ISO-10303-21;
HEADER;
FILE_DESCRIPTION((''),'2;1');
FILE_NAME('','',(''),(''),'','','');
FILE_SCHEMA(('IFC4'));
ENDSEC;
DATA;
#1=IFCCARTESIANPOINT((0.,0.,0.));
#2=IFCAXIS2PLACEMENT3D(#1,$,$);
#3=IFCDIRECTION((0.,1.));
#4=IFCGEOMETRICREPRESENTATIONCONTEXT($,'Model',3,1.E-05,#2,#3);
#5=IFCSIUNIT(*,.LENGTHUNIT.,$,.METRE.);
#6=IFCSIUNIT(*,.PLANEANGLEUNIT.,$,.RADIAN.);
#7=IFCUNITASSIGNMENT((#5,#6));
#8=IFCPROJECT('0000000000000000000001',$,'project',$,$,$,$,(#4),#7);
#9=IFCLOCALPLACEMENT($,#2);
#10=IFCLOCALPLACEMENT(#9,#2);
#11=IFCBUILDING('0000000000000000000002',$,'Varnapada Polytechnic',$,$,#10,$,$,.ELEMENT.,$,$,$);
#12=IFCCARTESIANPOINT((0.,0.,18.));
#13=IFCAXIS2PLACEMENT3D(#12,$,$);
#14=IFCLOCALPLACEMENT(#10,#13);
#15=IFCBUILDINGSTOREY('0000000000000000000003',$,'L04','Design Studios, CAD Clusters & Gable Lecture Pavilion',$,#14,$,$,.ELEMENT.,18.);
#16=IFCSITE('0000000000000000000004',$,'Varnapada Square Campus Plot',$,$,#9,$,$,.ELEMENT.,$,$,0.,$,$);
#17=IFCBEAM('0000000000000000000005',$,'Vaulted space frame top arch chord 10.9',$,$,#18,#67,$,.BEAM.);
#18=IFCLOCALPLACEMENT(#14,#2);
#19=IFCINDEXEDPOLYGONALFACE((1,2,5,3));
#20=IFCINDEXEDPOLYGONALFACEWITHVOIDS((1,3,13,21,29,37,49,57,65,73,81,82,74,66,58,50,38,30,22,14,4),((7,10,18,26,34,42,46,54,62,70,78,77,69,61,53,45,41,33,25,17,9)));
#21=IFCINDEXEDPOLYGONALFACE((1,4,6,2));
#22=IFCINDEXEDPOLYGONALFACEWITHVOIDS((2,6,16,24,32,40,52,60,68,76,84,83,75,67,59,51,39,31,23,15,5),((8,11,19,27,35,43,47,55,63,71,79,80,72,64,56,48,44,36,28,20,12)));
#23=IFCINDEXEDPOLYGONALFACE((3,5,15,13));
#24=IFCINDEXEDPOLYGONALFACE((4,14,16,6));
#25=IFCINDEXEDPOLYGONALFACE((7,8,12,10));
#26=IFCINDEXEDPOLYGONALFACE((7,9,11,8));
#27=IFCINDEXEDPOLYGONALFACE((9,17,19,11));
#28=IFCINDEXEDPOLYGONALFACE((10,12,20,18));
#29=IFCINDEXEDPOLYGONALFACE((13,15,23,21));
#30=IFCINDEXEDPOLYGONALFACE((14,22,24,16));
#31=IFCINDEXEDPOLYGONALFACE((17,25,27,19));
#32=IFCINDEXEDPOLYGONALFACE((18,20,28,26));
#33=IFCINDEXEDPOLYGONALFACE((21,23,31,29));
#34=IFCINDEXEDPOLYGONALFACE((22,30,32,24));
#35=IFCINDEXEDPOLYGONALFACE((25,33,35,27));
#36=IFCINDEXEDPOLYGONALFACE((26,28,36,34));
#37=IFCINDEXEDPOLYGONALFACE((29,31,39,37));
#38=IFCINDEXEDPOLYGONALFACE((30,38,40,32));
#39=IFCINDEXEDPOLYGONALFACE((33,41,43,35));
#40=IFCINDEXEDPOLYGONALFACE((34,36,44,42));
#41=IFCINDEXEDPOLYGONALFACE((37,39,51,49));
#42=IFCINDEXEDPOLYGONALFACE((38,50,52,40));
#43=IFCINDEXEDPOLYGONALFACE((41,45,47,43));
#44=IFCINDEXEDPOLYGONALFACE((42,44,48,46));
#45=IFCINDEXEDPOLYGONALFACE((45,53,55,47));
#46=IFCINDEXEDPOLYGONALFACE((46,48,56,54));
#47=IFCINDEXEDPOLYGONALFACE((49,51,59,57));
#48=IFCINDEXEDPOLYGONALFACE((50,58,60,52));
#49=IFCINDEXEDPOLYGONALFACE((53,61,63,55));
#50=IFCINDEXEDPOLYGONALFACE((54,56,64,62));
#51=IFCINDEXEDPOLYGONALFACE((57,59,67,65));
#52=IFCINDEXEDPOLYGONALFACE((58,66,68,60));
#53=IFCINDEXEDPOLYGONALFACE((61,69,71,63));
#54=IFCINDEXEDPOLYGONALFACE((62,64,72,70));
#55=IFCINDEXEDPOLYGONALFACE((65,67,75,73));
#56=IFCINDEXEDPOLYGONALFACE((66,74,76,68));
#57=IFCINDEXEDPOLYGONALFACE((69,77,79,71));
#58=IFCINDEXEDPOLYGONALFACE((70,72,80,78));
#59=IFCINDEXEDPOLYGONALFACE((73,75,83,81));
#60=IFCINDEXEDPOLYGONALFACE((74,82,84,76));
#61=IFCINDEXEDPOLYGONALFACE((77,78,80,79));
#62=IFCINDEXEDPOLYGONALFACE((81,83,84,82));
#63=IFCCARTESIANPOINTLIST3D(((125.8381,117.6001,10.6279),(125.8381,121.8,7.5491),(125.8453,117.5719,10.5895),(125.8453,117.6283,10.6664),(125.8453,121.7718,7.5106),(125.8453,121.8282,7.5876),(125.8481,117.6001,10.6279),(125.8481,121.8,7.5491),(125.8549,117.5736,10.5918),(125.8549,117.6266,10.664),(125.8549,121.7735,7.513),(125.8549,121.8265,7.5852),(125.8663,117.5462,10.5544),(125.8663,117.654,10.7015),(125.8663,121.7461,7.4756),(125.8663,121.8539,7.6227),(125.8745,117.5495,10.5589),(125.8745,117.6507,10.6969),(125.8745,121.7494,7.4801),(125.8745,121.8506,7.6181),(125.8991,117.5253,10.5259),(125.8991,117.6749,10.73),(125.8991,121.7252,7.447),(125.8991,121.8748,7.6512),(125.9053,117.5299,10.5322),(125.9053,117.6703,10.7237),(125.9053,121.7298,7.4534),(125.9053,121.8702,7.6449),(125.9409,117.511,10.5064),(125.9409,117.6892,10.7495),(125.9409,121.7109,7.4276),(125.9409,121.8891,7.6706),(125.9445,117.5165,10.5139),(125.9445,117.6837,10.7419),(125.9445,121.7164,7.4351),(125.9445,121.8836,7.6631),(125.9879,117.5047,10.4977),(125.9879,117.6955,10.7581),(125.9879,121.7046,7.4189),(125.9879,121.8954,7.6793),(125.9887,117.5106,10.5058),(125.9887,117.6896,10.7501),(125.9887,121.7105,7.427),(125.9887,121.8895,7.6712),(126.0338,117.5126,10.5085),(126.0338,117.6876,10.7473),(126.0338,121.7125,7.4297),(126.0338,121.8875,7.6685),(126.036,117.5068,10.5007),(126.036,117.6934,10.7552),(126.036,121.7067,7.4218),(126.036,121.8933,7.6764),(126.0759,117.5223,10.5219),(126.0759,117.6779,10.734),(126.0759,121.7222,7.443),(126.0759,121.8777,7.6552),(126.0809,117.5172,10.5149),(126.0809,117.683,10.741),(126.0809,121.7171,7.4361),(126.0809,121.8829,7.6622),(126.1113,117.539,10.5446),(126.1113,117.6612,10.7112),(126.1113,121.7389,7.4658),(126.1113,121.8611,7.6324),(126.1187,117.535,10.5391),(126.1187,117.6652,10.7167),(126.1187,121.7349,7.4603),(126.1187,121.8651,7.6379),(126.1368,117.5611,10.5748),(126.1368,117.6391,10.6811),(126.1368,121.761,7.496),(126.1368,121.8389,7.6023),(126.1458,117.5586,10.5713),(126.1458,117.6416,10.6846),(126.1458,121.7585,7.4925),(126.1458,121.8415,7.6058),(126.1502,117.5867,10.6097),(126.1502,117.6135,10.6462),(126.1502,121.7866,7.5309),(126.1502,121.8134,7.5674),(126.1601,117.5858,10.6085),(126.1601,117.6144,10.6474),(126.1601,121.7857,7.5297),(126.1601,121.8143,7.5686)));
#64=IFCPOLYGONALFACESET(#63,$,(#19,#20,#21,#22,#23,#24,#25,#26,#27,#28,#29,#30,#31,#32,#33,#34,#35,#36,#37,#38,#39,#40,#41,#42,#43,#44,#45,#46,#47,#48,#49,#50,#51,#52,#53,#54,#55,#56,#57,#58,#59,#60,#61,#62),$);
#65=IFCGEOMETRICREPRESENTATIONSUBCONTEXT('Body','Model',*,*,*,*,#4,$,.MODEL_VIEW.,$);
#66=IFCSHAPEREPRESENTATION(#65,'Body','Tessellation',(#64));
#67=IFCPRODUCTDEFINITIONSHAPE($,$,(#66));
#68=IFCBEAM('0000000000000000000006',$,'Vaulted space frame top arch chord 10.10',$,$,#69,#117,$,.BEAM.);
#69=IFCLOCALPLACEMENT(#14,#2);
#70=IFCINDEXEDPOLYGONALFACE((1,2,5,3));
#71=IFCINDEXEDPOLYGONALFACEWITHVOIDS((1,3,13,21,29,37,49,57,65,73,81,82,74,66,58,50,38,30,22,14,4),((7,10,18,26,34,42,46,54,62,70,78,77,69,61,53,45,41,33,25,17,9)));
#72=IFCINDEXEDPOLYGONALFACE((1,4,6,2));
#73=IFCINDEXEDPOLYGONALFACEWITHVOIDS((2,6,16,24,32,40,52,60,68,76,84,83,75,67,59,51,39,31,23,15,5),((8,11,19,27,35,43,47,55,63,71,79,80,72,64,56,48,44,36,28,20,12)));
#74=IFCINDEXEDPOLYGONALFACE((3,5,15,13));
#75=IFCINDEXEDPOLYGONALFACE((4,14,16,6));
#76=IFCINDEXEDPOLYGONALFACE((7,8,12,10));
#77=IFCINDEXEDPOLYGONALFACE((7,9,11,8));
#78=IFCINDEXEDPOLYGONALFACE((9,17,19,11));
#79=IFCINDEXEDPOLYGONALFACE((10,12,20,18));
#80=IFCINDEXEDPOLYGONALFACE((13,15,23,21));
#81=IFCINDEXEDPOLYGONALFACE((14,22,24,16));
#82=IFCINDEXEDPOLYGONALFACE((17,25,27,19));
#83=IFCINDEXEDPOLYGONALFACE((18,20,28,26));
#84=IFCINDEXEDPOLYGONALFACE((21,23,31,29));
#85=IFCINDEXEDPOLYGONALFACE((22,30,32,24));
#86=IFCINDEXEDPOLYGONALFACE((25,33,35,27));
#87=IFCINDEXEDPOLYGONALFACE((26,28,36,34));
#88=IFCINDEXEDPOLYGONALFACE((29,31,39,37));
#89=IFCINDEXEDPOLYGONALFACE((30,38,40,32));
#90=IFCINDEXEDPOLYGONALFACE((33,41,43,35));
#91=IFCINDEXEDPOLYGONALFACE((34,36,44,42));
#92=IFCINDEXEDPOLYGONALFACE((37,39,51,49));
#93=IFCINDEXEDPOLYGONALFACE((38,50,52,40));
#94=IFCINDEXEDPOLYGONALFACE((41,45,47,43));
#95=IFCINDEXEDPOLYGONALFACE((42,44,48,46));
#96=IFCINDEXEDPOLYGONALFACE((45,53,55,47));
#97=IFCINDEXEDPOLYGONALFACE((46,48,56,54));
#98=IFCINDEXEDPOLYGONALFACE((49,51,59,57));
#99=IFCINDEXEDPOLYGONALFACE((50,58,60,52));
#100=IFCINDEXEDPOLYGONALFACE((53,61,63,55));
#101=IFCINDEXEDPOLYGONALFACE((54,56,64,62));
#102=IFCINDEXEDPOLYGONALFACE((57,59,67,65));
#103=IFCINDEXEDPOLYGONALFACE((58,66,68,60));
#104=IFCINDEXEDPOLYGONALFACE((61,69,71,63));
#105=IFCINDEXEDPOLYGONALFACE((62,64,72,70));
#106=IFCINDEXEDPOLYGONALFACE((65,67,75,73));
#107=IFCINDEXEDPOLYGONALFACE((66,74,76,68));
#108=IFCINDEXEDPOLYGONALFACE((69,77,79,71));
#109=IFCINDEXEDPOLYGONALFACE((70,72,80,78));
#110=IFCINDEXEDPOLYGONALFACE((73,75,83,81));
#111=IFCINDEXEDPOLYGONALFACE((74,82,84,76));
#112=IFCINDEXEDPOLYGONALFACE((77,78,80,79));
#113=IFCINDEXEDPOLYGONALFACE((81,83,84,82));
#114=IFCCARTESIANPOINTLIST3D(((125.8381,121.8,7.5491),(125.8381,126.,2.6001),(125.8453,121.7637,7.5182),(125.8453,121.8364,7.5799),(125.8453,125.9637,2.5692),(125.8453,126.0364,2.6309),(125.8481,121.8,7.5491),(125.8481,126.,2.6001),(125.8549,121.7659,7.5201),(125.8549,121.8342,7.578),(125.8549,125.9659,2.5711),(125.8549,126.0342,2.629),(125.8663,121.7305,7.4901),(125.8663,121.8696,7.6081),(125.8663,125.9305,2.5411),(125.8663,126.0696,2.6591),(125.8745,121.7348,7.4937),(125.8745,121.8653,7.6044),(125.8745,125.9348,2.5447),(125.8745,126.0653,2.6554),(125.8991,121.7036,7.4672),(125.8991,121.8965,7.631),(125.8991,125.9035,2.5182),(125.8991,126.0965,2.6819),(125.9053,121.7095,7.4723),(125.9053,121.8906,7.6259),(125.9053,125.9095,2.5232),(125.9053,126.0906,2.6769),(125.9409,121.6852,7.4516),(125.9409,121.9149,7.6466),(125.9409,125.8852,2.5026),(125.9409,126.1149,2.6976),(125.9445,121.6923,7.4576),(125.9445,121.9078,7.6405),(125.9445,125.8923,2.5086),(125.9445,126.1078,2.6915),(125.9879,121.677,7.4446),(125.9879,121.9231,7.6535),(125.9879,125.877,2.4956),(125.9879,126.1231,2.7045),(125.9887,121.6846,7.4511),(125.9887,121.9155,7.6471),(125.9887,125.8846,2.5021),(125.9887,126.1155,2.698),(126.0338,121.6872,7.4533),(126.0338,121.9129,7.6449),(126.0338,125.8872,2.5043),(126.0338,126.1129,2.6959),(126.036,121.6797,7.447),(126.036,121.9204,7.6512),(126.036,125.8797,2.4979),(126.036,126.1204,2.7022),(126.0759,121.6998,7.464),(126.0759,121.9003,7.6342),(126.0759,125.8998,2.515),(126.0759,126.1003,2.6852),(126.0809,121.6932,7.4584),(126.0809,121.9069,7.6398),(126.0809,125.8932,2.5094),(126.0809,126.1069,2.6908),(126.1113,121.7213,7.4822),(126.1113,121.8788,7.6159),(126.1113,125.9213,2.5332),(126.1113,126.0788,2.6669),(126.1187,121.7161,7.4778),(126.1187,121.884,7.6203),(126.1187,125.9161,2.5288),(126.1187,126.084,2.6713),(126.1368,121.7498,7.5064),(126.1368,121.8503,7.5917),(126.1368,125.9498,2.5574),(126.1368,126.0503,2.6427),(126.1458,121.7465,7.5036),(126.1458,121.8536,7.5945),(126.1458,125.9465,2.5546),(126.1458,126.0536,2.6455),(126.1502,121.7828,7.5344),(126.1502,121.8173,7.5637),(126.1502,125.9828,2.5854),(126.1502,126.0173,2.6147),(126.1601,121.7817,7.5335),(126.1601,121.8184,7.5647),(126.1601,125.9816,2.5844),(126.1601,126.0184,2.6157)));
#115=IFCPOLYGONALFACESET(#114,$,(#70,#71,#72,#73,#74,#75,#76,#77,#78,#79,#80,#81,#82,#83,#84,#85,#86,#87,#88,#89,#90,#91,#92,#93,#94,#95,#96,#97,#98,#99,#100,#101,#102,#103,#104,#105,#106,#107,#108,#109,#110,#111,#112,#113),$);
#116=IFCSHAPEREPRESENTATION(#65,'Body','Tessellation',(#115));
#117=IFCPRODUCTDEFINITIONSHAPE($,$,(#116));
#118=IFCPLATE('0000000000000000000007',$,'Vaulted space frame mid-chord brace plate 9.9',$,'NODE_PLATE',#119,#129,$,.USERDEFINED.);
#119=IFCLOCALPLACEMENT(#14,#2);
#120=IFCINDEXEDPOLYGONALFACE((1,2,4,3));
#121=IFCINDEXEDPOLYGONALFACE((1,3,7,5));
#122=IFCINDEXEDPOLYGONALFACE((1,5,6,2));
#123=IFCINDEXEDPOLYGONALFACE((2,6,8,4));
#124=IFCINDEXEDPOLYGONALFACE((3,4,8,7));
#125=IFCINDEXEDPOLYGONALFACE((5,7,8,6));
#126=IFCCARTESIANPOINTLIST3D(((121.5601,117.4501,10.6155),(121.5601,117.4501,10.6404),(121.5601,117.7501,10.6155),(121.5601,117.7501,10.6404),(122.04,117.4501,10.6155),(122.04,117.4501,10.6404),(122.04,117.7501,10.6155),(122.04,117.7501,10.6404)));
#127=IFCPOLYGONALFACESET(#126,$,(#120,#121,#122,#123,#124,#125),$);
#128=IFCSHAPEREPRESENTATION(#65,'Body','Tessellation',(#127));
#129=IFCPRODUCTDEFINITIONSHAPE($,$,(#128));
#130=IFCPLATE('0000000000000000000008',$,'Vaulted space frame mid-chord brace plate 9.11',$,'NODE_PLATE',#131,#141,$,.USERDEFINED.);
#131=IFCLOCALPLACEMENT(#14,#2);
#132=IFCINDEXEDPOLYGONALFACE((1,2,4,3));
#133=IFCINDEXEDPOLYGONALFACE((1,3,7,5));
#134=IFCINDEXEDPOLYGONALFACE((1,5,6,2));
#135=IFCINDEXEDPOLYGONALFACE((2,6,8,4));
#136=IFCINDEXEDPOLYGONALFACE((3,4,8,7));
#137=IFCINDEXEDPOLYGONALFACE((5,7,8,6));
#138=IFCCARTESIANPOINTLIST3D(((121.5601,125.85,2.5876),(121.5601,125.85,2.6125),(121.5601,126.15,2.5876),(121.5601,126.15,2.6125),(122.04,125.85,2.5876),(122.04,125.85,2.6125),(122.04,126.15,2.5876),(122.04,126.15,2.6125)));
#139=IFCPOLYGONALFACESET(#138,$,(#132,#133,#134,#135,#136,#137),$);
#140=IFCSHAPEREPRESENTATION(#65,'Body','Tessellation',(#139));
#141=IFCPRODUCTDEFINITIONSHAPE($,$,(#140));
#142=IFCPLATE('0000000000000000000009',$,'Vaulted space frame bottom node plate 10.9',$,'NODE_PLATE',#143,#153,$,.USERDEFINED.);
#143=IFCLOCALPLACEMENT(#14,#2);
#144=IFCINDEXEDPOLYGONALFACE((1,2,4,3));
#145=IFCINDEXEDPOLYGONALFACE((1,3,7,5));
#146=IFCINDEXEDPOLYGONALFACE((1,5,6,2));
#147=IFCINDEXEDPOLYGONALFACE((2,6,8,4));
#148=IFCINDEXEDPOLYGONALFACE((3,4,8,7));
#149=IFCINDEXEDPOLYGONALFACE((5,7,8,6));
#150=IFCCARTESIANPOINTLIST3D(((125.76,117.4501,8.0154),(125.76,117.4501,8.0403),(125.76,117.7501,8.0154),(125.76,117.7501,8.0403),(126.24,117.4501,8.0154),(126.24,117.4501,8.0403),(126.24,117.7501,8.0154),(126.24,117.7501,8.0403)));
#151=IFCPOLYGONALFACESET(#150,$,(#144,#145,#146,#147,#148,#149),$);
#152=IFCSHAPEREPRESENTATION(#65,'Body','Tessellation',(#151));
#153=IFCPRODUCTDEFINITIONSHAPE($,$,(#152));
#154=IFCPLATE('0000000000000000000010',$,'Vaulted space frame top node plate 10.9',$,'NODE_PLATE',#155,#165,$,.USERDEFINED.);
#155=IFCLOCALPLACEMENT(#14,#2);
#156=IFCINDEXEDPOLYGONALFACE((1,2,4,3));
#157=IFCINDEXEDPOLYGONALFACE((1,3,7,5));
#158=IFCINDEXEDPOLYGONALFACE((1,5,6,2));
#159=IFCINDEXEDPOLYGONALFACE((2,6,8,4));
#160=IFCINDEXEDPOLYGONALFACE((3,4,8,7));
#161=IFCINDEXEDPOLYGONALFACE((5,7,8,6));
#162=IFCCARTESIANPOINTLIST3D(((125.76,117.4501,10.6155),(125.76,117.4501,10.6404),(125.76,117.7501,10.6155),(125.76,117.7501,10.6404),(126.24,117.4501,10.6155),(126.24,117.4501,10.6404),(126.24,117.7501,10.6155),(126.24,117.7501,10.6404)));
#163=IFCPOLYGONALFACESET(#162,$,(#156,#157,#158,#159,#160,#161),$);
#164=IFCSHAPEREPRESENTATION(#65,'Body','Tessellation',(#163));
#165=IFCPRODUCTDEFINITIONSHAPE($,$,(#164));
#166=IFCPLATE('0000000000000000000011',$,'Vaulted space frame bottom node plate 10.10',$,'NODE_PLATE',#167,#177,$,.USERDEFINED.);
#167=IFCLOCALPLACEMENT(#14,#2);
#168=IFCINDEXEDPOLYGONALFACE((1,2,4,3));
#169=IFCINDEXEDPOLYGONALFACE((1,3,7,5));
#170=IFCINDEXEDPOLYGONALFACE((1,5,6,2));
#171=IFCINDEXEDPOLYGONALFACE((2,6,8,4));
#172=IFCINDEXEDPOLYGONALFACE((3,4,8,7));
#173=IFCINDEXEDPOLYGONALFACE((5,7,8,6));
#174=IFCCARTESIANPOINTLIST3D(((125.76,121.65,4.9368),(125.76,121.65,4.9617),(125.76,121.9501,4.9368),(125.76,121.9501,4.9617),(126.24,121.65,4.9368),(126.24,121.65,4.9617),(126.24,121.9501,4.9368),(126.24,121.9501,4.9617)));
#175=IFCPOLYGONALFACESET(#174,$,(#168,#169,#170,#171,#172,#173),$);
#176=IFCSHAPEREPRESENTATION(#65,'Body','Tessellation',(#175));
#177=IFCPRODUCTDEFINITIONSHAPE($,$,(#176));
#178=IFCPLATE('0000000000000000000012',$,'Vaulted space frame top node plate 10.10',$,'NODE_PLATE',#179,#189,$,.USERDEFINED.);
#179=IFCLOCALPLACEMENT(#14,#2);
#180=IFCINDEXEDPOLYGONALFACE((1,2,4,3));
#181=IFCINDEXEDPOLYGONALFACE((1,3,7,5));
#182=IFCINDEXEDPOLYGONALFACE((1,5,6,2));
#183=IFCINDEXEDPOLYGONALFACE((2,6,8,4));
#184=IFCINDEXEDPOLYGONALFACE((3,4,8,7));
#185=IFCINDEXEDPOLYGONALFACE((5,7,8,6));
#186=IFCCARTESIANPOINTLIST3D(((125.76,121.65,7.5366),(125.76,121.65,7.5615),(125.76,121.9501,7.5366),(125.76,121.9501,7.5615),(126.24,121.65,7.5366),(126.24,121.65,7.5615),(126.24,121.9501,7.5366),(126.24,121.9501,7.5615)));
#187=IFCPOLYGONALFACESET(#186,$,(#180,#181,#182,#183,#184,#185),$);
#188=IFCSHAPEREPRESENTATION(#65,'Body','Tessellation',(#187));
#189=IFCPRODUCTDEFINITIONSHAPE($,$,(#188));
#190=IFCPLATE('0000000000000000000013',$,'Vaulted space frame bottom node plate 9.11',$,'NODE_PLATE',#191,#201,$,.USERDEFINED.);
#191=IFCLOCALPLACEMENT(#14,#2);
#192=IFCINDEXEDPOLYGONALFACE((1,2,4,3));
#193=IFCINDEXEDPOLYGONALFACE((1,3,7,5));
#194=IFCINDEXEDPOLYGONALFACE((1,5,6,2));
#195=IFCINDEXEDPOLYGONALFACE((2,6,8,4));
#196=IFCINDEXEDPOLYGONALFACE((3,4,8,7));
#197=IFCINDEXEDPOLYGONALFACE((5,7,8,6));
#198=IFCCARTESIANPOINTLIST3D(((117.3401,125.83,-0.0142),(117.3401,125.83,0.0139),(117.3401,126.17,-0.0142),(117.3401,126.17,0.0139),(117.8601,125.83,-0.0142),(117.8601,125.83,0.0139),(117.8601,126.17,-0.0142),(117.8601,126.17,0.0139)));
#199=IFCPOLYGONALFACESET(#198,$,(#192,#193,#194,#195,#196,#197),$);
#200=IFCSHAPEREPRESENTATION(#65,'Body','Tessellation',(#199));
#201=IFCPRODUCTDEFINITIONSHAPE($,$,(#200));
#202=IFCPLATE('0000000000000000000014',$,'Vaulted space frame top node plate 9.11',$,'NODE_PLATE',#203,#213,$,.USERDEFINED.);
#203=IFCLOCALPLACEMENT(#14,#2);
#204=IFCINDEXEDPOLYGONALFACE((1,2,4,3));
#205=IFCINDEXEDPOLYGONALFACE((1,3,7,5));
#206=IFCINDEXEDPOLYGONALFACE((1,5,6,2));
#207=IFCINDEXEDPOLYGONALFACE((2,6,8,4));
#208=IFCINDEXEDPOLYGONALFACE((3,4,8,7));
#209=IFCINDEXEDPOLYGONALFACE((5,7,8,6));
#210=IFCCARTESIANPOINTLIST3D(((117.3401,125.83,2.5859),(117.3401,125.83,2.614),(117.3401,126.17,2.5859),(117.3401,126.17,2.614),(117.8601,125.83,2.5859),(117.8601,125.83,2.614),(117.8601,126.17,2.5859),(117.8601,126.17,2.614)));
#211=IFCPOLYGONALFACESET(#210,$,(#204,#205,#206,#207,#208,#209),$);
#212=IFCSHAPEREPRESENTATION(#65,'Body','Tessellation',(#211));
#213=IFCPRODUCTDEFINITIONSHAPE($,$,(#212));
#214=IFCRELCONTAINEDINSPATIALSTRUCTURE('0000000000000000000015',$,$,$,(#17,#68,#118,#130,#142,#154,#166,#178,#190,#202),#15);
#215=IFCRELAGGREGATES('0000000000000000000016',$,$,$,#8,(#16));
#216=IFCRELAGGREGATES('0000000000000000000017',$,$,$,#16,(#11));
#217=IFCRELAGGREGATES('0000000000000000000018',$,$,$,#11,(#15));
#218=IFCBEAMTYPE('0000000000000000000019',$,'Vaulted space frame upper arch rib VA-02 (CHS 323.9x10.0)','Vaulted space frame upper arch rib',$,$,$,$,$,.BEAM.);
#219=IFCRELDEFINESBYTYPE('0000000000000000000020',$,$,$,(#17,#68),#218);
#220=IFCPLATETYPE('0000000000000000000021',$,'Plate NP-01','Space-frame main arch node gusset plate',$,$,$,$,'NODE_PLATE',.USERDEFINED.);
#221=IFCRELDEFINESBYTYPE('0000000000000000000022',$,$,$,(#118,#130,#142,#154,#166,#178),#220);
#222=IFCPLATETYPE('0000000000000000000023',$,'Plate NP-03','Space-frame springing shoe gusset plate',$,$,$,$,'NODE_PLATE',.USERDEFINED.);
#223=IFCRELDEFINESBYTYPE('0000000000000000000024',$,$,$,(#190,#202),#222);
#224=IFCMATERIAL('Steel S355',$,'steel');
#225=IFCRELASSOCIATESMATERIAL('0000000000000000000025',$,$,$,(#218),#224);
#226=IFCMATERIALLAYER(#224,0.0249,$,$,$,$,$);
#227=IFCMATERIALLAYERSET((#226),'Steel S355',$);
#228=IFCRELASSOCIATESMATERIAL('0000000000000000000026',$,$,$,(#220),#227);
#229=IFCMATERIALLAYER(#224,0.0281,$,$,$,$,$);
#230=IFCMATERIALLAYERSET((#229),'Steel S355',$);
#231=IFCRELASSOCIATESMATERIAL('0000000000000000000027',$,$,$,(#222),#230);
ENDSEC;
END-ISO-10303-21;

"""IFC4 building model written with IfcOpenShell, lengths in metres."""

from ifc_helpers import new_model, si_unit, direction, frame, origin, origin_2d, place, context, subcontext, project, spatial, rectangle, hollow_circle, extrude, material, layer, layer_set, material_profile, profile_set, type_object, element, save


model = new_model("IFC4")

# Units and contexts
model_context = context("Model", 3, precision=1e-05, world=origin(), true_north=direction((0.0, 1.0)))
body_context = subcontext(model_context, "Body", "Model", "MODEL_VIEW")
ifc_project = project(units=[si_unit("LENGTHUNIT", "METRE"), si_unit("PLANEANGLEUNIT", "RADIAN")], contexts=[model_context])

# Site, building, storey
site_placement = place(None, origin())
site = spatial("IfcSite", under=ifc_project, at=site_placement, Name="Varnapada Square Campus Plot", CompositionType="ELEMENT", RefElevation=0.0)
building_placement = place(site_placement, origin())
building = spatial("IfcBuilding", under=site, at=building_placement, Name="Varnapada Polytechnic", CompositionType="ELEMENT")
storey_placement = place(building_placement, frame((0.0, 0.0, 18.0)))
storey = spatial("IfcBuildingStorey", under=building, at=storey_placement, Name="L04", Description="Design Studios, CAD Clusters & Gable Lecture Pavilion", CompositionType="ELEMENT", Elevation=18.0)

# Shared definitions
ifc_material = material(Name="Steel S355", Category="steel")

# Beams
ifc_material_profile_1 = material_profile(ifc_material, hollow_circle(Radius=0.1619, WallThickness=0.01, at=origin_2d()), Name="CHS 323.9x10.0")
ifc_profile_set_1 = profile_set([ifc_material_profile_1], Name="Steel S355")
beam_type_1 = type_object("IfcBeamType", Name="Vaulted space frame upper arch rib VA-02 (CHS 323.9x10.0)", Description="Vaulted space frame upper arch rib", PredefinedType="BEAM", material=ifc_profile_set_1)
beam_1_placement = place(storey_placement, frame((126.0, 117.6001, 10.6279), z_axis=(0.0, 0.806506, -0.591225), x_axis=(-1.0, 0.0, 0.0)))
element("IfcBeam", 1, at=beam_1_placement, inside=storey, type_object=beam_type_1, Name="Vaulted space frame top arch chord 10.9", PredefinedType="BEAM", context=body_context, shape_type="SweptSolid", body=[
    extrude(hollow_circle(Radius=0.1619, WallThickness=0.01, at=origin_2d()), origin(), (0.0, 0.0, 1.0), 5.2075),
])
beam_2_placement = place(storey_placement, frame((126.0, 121.8, 7.5491), z_axis=(0.0, 0.647051, -0.762447), x_axis=(-1.0, 0.0, 0.0)))
element("IfcBeam", 2, at=beam_2_placement, inside=storey, type_object=beam_type_1, Name="Vaulted space frame top arch chord 10.10", PredefinedType="BEAM", context=body_context, shape_type="SweptSolid", body=[
    extrude(hollow_circle(Radius=0.1619, WallThickness=0.01, at=origin_2d()), origin(), (0.0, 0.0, 1.0), 6.491),
])

# Plates
ifc_layer_1 = layer(ifc_material, 0.0249)
ifc_layer_set_1 = layer_set([ifc_layer_1], Name="Steel S355")
plate_type_1 = type_object("IfcPlateType", Name="Plate NP-01", Description="Space-frame main arch node gusset plate", ElementType="NODE_PLATE", PredefinedType="USERDEFINED", material=ifc_layer_set_1)
for number, where, z_axis, x_axis, name in (
    (3, (121.8, 117.6001, 10.6155), (0.0, 0.0, 1.0), (1.0, 0.0, 0.0), "Vaulted space frame mid-chord brace plate 9.9"),
    (4, (121.8, 126.0, 2.5876), (0.0, 0.0, 1.0), (1.0, 0.0, 0.0), "Vaulted space frame mid-chord brace plate 9.11"),
    (5, (126.0, 117.6001, 8.0154), (0.0, 0.0, 1.0), (1.0, 0.0, 0.0), "Vaulted space frame bottom node plate 10.9"),
    (6, (126.0, 117.6001, 10.6155), (0.0, 0.0, 1.0), (1.0, 0.0, 0.0), "Vaulted space frame top node plate 10.9"),
    (7, (126.0, 121.8, 4.9368), (0.0, 0.0, 1.0), (1.0, 0.0, 0.0), "Vaulted space frame bottom node plate 10.10"),
    (8, (126.0, 121.8, 7.5366), (0.0, 0.0, 1.0), (1.0, 0.0, 0.0), "Vaulted space frame top node plate 10.10"),
):
    element("IfcPlate", number, at=place(storey_placement, frame(where, z_axis=z_axis, x_axis=x_axis)), inside=storey, type_object=plate_type_1, Name=name, ObjectType="NODE_PLATE", PredefinedType="USERDEFINED", context=body_context, shape_type="SweptSolid", body=[
        extrude(rectangle(XDim=0.48, YDim=0.3, at=origin_2d()), origin(), (0.0, 0.0, 1.0), 0.0249),
    ])
ifc_layer_2 = layer(ifc_material, 0.0281)
ifc_layer_set_2 = layer_set([ifc_layer_2], Name="Steel S355")
plate_type_2 = type_object("IfcPlateType", Name="Plate NP-03", Description="Space-frame springing shoe gusset plate", ElementType="NODE_PLATE", PredefinedType="USERDEFINED", material=ifc_layer_set_2)
for number, where, z_axis, x_axis, name in (
    (9, (117.6001, 126.0, -0.0142), (0.0, 0.0, 1.0), (1.0, 0.0, 0.0), "Vaulted space frame bottom node plate 9.11"),
    (10, (117.6001, 126.0, 2.5859), (0.0, 0.0, 1.0), (1.0, 0.0, 0.0), "Vaulted space frame top node plate 9.11"),
):
    element("IfcPlate", number, at=place(storey_placement, frame(where, z_axis=z_axis, x_axis=x_axis)), inside=storey, type_object=plate_type_2, Name=name, ObjectType="NODE_PLATE", PredefinedType="USERDEFINED", context=body_context, shape_type="SweptSolid", body=[
        extrude(rectangle(XDim=0.52, YDim=0.3401, at=origin_2d()), origin(), (0.0, 0.0, 1.0), 0.0281),
    ])

save(model, "model.ifc")
